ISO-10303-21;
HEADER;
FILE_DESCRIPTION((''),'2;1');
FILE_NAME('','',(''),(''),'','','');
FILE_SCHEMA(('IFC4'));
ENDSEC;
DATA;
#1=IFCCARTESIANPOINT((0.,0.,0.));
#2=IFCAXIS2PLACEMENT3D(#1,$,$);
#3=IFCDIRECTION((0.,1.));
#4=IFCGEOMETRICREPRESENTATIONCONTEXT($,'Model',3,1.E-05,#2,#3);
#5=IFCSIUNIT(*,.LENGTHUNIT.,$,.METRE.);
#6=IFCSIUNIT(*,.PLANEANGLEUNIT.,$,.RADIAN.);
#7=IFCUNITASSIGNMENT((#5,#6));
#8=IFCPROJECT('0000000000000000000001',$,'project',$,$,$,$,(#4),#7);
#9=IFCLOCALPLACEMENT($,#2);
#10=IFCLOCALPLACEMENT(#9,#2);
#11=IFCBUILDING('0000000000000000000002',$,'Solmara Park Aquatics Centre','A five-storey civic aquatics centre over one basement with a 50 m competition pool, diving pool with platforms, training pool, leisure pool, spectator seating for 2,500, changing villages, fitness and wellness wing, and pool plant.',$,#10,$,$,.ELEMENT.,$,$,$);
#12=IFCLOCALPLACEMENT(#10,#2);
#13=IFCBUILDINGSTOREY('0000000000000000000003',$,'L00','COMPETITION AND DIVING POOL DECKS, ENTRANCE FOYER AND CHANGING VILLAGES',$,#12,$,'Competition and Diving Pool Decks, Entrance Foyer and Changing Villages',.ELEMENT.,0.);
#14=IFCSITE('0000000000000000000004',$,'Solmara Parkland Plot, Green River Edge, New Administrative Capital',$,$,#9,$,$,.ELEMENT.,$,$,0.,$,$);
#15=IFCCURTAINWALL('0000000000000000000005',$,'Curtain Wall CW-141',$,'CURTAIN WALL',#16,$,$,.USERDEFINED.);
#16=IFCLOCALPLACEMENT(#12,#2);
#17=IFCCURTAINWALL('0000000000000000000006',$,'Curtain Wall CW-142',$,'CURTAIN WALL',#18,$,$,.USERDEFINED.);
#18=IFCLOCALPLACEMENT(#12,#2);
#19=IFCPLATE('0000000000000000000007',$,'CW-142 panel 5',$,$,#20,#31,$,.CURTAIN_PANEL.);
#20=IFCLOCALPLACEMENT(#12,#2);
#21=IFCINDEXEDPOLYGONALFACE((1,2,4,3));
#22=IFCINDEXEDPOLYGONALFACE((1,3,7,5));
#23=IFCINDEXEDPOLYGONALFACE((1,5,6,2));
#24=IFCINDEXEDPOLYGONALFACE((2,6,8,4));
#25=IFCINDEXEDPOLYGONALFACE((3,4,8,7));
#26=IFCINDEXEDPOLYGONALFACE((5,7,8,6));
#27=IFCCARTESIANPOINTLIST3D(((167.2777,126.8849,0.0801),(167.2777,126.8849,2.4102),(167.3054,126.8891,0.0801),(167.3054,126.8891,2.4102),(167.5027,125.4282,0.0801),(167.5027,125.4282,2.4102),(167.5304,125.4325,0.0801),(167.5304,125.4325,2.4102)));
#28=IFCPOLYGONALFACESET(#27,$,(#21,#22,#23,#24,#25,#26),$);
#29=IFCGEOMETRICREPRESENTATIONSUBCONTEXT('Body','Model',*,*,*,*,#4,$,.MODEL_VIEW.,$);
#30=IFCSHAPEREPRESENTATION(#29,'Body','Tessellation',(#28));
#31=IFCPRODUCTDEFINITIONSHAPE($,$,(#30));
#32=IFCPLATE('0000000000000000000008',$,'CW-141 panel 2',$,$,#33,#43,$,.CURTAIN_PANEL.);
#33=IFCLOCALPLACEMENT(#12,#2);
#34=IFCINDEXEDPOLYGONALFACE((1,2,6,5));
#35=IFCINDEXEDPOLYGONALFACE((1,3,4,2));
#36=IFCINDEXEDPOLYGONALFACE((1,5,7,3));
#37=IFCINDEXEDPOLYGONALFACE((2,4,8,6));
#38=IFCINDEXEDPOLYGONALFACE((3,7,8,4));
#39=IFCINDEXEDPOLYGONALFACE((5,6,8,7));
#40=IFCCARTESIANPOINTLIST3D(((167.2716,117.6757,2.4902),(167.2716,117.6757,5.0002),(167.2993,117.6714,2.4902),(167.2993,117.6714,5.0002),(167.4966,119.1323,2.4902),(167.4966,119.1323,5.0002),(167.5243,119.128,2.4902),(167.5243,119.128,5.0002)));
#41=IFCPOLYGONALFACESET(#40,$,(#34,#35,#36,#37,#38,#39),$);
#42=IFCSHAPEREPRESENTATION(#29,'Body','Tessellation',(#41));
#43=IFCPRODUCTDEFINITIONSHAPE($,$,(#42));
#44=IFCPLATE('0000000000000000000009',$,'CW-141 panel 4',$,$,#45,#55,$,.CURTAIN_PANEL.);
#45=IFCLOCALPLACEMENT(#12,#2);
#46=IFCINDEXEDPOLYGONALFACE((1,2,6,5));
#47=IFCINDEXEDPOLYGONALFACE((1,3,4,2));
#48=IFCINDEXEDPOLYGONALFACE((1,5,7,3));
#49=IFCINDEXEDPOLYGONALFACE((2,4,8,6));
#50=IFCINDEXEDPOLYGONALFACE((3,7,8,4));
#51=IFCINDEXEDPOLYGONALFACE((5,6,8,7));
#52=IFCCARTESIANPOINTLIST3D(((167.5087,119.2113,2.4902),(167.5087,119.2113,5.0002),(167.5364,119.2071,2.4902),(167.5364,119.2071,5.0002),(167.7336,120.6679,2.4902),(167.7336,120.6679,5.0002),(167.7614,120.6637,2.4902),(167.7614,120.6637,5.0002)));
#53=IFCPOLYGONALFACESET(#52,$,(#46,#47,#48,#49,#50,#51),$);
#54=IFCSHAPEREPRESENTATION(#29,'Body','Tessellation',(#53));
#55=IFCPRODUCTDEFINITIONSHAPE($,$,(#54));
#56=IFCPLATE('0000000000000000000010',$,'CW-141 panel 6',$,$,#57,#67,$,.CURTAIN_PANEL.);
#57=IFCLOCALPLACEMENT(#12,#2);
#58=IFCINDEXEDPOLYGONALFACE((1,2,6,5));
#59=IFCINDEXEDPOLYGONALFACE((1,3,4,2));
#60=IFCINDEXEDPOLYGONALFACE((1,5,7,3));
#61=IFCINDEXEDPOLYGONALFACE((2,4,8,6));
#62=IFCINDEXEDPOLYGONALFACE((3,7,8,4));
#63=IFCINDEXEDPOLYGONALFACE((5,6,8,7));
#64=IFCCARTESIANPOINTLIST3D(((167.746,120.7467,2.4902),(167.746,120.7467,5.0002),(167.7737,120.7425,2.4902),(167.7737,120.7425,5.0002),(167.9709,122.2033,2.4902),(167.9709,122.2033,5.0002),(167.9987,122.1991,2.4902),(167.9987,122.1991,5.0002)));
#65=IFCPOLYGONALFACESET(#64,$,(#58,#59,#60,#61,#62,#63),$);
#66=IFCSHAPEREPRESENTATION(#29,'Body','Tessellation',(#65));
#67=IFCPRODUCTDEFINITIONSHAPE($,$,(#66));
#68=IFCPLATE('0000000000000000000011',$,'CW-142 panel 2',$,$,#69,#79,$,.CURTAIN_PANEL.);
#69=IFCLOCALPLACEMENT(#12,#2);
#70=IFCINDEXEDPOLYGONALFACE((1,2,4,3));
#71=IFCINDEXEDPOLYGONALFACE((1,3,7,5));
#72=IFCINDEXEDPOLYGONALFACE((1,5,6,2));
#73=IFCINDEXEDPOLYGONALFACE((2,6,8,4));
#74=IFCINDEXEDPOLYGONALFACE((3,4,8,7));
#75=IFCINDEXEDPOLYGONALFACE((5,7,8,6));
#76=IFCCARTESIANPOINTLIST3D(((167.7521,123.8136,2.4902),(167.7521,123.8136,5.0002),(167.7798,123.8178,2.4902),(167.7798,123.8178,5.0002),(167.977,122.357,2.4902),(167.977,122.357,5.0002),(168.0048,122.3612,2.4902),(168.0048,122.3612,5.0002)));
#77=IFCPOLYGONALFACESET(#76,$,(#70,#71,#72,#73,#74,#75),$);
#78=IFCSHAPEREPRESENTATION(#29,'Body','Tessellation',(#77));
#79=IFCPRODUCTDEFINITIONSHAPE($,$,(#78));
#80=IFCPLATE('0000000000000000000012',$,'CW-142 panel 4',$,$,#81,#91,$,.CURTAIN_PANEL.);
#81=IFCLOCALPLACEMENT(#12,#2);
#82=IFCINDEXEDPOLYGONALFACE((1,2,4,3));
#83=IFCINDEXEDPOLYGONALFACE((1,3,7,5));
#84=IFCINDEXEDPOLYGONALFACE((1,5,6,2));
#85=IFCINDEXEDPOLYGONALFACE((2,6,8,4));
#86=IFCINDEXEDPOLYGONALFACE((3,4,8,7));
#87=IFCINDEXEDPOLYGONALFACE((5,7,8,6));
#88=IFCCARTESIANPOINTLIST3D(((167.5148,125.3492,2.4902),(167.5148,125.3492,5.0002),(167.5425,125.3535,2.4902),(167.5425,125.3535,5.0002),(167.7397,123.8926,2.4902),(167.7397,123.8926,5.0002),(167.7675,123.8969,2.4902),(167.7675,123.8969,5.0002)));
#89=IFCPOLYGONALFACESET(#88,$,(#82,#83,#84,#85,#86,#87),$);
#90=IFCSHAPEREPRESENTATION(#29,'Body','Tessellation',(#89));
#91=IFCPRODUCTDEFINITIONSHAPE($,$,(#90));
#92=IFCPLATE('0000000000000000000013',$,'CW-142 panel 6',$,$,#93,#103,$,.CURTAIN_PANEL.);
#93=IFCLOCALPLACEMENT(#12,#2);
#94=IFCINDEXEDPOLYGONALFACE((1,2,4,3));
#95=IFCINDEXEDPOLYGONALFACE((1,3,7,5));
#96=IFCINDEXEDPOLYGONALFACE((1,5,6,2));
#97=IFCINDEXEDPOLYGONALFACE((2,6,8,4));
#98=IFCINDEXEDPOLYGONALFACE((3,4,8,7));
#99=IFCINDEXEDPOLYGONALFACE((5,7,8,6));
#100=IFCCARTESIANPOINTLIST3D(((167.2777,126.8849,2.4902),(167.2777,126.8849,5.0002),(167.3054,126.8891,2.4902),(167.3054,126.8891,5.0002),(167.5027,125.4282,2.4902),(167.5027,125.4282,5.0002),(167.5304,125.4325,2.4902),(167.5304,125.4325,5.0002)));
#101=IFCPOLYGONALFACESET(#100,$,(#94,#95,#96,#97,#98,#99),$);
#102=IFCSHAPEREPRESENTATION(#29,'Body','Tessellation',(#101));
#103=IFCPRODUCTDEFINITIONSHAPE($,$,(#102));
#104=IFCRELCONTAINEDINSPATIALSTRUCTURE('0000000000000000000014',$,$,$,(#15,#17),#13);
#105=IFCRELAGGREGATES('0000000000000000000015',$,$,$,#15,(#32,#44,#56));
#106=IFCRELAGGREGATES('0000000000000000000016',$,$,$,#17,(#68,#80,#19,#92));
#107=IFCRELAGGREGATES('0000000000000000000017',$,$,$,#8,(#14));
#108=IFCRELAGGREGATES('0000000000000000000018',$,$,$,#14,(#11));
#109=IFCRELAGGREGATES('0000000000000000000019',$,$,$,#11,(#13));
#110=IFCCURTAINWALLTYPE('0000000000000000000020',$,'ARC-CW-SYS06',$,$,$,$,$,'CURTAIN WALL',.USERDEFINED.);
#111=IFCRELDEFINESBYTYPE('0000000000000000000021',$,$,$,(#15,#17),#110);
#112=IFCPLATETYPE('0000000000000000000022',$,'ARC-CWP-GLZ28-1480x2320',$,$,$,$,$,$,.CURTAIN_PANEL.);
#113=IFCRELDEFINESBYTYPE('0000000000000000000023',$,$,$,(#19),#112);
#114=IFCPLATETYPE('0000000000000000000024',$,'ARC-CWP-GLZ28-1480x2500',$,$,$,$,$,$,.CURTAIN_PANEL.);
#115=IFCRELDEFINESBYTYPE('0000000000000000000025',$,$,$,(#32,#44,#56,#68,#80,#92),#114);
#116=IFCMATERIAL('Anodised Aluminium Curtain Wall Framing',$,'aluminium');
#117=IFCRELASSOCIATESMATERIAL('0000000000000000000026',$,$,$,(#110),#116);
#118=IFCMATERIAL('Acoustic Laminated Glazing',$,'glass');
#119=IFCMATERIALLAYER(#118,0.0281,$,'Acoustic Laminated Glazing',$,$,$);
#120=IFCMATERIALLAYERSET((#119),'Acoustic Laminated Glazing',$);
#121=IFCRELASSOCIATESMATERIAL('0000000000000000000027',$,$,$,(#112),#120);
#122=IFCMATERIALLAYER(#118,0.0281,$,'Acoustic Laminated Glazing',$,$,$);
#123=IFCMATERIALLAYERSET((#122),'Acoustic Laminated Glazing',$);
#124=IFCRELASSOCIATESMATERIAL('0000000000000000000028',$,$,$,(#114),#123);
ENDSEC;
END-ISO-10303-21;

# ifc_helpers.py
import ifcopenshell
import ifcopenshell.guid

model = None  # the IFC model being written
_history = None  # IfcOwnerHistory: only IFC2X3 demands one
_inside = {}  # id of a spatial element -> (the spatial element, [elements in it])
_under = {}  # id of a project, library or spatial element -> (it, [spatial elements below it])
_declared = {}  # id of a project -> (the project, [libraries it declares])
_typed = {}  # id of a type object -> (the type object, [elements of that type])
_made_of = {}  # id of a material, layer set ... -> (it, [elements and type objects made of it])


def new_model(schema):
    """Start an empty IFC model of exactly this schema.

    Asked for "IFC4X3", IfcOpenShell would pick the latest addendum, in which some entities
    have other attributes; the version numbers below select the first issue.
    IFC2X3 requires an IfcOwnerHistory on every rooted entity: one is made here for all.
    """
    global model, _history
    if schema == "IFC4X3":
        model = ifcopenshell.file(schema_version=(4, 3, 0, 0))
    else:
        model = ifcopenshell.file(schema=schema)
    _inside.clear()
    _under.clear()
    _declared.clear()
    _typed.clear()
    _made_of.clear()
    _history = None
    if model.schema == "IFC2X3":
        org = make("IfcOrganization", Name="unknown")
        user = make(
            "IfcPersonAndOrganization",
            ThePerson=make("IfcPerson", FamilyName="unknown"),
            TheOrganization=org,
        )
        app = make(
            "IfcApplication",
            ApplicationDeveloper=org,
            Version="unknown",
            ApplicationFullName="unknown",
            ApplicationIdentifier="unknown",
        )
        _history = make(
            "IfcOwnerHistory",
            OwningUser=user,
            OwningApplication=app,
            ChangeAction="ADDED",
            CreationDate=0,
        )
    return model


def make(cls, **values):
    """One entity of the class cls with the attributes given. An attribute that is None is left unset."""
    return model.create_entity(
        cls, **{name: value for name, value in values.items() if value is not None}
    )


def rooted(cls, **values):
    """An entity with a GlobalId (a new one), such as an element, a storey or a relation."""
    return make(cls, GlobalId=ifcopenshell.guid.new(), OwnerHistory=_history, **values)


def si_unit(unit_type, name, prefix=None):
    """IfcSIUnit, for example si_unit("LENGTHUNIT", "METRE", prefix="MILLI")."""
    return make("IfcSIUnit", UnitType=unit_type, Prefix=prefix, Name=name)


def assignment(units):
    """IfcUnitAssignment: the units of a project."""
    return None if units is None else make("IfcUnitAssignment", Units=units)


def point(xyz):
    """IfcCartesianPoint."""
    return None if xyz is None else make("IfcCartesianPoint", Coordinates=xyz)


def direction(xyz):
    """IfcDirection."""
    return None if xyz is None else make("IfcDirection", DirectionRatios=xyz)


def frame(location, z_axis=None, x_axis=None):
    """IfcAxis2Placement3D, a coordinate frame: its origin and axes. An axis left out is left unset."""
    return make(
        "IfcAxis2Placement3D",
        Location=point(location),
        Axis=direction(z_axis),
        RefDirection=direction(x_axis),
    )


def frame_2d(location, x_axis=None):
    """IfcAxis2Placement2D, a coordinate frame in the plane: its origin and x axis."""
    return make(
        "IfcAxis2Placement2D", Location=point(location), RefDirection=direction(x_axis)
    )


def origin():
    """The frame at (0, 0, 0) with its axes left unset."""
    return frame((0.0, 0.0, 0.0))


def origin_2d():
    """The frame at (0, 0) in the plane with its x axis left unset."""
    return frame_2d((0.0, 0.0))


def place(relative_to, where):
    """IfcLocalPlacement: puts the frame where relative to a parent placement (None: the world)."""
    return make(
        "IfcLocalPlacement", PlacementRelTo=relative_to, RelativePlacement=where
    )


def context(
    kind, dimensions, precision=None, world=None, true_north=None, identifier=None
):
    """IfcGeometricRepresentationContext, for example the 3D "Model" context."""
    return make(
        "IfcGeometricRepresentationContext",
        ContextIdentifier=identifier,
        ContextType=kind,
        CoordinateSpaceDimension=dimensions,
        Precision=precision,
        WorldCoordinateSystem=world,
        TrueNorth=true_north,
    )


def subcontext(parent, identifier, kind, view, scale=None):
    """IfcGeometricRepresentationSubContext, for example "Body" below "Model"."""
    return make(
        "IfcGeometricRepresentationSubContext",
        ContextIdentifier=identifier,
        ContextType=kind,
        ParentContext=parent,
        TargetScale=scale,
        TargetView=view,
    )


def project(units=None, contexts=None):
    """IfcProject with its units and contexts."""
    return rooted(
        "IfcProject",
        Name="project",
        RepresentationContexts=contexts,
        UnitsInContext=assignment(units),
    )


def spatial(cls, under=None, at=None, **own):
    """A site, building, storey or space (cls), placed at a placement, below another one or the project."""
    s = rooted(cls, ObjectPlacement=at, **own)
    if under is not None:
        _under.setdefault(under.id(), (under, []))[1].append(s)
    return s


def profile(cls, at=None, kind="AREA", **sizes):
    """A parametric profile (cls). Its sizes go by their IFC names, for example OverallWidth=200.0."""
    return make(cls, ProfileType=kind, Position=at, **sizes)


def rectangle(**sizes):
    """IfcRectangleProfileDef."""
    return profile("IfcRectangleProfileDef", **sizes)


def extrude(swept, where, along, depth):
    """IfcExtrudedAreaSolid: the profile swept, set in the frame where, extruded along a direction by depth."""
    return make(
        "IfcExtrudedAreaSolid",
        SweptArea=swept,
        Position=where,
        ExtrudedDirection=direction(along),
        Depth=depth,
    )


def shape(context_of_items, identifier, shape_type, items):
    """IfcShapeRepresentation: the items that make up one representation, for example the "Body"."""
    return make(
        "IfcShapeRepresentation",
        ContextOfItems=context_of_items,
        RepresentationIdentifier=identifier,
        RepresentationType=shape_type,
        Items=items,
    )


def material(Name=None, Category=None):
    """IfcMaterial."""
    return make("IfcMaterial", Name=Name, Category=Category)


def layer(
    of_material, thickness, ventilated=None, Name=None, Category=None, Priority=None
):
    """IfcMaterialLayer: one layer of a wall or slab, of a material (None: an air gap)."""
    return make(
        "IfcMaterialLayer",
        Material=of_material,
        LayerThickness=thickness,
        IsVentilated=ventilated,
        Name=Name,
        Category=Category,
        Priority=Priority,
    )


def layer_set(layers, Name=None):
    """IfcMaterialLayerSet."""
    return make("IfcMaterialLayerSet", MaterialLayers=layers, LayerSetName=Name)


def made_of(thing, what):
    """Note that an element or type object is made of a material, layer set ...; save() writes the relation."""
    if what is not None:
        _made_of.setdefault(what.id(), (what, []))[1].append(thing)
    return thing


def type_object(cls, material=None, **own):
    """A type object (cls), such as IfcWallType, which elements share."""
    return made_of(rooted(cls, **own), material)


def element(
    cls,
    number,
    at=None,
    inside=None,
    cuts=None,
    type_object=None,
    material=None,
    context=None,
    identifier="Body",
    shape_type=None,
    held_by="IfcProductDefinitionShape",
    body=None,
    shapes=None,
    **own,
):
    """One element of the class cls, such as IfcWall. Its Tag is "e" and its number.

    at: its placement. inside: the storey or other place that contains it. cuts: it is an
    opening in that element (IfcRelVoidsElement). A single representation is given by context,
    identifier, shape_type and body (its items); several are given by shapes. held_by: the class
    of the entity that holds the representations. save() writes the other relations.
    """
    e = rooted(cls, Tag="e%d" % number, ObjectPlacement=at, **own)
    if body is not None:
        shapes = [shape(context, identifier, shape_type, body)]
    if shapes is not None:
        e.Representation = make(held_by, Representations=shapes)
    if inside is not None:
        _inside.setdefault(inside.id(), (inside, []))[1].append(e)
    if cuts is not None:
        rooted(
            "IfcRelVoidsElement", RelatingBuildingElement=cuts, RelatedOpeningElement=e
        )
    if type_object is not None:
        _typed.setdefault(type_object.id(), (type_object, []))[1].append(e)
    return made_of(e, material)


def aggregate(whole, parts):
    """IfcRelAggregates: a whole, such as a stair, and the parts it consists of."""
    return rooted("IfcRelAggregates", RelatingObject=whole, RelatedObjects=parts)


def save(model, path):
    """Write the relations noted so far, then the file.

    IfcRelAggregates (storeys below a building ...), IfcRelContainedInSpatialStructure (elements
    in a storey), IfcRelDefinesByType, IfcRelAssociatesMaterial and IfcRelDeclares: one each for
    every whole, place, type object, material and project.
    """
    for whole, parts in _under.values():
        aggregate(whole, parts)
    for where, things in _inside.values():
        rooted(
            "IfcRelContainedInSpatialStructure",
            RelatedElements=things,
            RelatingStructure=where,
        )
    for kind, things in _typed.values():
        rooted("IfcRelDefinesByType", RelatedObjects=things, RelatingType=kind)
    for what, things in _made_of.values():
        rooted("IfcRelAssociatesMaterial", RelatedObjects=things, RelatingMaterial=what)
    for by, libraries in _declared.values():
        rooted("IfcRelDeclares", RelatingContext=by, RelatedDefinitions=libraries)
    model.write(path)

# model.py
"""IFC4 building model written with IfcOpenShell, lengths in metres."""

from ifc_helpers import new_model, si_unit, direction, frame, origin, origin_2d, place, context, subcontext, project, spatial, rectangle, extrude, material, layer, layer_set, type_object, element, aggregate, save


model = new_model("IFC4")

# Units and contexts
model_context = context("Model", 3, precision=1e-05, world=origin(), true_north=direction((0.0, 1.0)))
body_context = subcontext(model_context, "Body", "Model", "MODEL_VIEW")
ifc_project = project(units=[si_unit("LENGTHUNIT", "METRE"), si_unit("PLANEANGLEUNIT", "RADIAN")], contexts=[model_context])

# Site, building, storey
site_placement = place(None, origin())
site = spatial("IfcSite", under=ifc_project, at=site_placement, Name="Solmara Parkland Plot, Green River Edge, New Administrative Capital", CompositionType="ELEMENT", RefElevation=0.0)
building_placement = place(site_placement, origin())
building = spatial("IfcBuilding", under=site, at=building_placement, Name="Solmara Park Aquatics Centre", Description="A five-storey civic aquatics centre over one basement with a 50 m competition pool, diving pool with platforms, training pool, leisure pool, spectator seating for 2,500, changing villages, fitness and wellness wing, and pool plant.", CompositionType="ELEMENT")
storey_placement = place(building_placement, origin())
storey = spatial("IfcBuildingStorey", under=building, at=storey_placement, Name="L00", Description="COMPETITION AND DIVING POOL DECKS, ENTRANCE FOYER AND CHANGING VILLAGES", LongName="Competition and Diving Pool Decks, Entrance Foyer and Changing Villages", CompositionType="ELEMENT", Elevation=0.0)

# Curtain walls
ifc_material_1 = material(Name="Anodised Aluminium Curtain Wall Framing", Category="aluminium")
curtain_wall_type = type_object("IfcCurtainWallType", Name="ARC-CW-SYS06", ElementType="CURTAIN WALL", PredefinedType="USERDEFINED", material=ifc_material_1)
curtain_wall_1_placement = place(storey_placement, origin())
curtain_wall_1 = element("IfcCurtainWall", 1, at=curtain_wall_1_placement, inside=storey, type_object=curtain_wall_type, Name="Curtain Wall CW-141", ObjectType="CURTAIN WALL", PredefinedType="USERDEFINED")
curtain_wall_2_placement = place(storey_placement, origin())
curtain_wall_2 = element("IfcCurtainWall", 2, at=curtain_wall_2_placement, inside=storey, type_object=curtain_wall_type, Name="Curtain Wall CW-142", ObjectType="CURTAIN WALL", PredefinedType="USERDEFINED")

# Plates
ifc_material_2 = material(Name="Acoustic Laminated Glazing", Category="glass")
ifc_layer_1 = layer(ifc_material_2, 0.0281, Name="Acoustic Laminated Glazing")
ifc_layer_set_1 = layer_set([ifc_layer_1], Name="Acoustic Laminated Glazing")
plate_type_1 = type_object("IfcPlateType", Name="ARC-CWP-GLZ28-1480x2320", PredefinedType="CURTAIN_PANEL", material=ifc_layer_set_1)
plate_1_placement = place(storey_placement, frame((167.4041, 126.1587, 0.0801), z_axis=(0.0, 0.0, 1.0), x_axis=(-0.152639, 0.988282, 0.0)))
plate_1 = element("IfcPlate", 3, at=plate_1_placement, type_object=plate_type_1, Name="CW-142 panel 5", PredefinedType="CURTAIN_PANEL", context=body_context, shape_type="SweptSolid", body=[
    extrude(rectangle(XDim=1.4739, YDim=0.0281, at=origin_2d()), origin(), (0.0, 0.0, 1.0), 2.3301),
])
ifc_layer_2 = layer(ifc_material_2, 0.0281, Name="Acoustic Laminated Glazing")
ifc_layer_set_2 = layer_set([ifc_layer_2], Name="Acoustic Laminated Glazing")
plate_type_2 = type_object("IfcPlateType", Name="ARC-CWP-GLZ28-1480x2500", PredefinedType="CURTAIN_PANEL", material=ifc_layer_set_2)
plate_2_placement = place(storey_placement, frame((167.3979, 118.4019, 2.4902), z_axis=(0.0, 0.0, 1.0), x_axis=(0.152639, 0.988282, 0.0)))
plate_2 = element("IfcPlate", 4, at=plate_2_placement, type_object=plate_type_2, Name="CW-141 panel 2", PredefinedType="CURTAIN_PANEL", context=body_context, shape_type="SweptSolid", body=[
    extrude(rectangle(XDim=1.4739, YDim=0.0281, at=origin_2d()), origin(), (0.0, 0.0, 1.0), 2.51),
])
plate_3_placement = place(storey_placement, frame((167.635, 119.9375, 2.4902), z_axis=(0.0, 0.0, 1.0), x_axis=(0.152639, 0.988282, 0.0)))
plate_3 = element("IfcPlate", 5, at=plate_3_placement, type_object=plate_type_2, Name="CW-141 panel 4", PredefinedType="CURTAIN_PANEL", context=body_context, shape_type="SweptSolid", body=[
    extrude(rectangle(XDim=1.4739, YDim=0.0281, at=origin_2d()), origin(), (0.0, 0.0, 1.0), 2.51),
])
plate_4_placement = place(storey_placement, frame((167.8723, 121.4729, 2.4902), z_axis=(0.0, 0.0, 1.0), x_axis=(0.152639, 0.988282, 0.0)))
plate_4 = element("IfcPlate", 6, at=plate_4_placement, type_object=plate_type_2, Name="CW-141 panel 6", PredefinedType="CURTAIN_PANEL", context=body_context, shape_type="SweptSolid", body=[
    extrude(rectangle(XDim=1.4739, YDim=0.0281, at=origin_2d()), origin(), (0.0, 0.0, 1.0), 2.51),
])
aggregate(curtain_wall_1, [plate_2, plate_3, plate_4])
plate_5_placement = place(storey_placement, frame((167.8784, 123.0874, 2.4902), z_axis=(0.0, 0.0, 1.0), x_axis=(-0.152639, 0.988282, 0.0)))
plate_5 = element("IfcPlate", 7, at=plate_5_placement, type_object=plate_type_2, Name="CW-142 panel 2", PredefinedType="CURTAIN_PANEL", context=body_context, shape_type="SweptSolid", body=[
    extrude(rectangle(XDim=1.4739, YDim=0.0281, at=origin_2d()), origin(), (0.0, 0.0, 1.0), 2.51),
])
plate_6_placement = place(storey_placement, frame((167.6411, 124.623, 2.4902), z_axis=(0.0, 0.0, 1.0), x_axis=(-0.152639, 0.988282, 0.0)))
plate_6 = element("IfcPlate", 8, at=plate_6_placement, type_object=plate_type_2, Name="CW-142 panel 4", PredefinedType="CURTAIN_PANEL", context=body_context, shape_type="SweptSolid", body=[
    extrude(rectangle(XDim=1.4739, YDim=0.0281, at=origin_2d()), origin(), (0.0, 0.0, 1.0), 2.51),
])
plate_7_placement = place(storey_placement, frame((167.4041, 126.1587, 2.4902), z_axis=(0.0, 0.0, 1.0), x_axis=(-0.152639, 0.988282, 0.0)))
plate_7 = element("IfcPlate", 9, at=plate_7_placement, type_object=plate_type_2, Name="CW-142 panel 6", PredefinedType="CURTAIN_PANEL", context=body_context, shape_type="SweptSolid", body=[
    extrude(rectangle(XDim=1.4739, YDim=0.0281, at=origin_2d()), origin(), (0.0, 0.0, 1.0), 2.51),
])
aggregate(curtain_wall_2, [plate_5, plate_6, plate_1, plate_7])

save(model, "model.ifc")
